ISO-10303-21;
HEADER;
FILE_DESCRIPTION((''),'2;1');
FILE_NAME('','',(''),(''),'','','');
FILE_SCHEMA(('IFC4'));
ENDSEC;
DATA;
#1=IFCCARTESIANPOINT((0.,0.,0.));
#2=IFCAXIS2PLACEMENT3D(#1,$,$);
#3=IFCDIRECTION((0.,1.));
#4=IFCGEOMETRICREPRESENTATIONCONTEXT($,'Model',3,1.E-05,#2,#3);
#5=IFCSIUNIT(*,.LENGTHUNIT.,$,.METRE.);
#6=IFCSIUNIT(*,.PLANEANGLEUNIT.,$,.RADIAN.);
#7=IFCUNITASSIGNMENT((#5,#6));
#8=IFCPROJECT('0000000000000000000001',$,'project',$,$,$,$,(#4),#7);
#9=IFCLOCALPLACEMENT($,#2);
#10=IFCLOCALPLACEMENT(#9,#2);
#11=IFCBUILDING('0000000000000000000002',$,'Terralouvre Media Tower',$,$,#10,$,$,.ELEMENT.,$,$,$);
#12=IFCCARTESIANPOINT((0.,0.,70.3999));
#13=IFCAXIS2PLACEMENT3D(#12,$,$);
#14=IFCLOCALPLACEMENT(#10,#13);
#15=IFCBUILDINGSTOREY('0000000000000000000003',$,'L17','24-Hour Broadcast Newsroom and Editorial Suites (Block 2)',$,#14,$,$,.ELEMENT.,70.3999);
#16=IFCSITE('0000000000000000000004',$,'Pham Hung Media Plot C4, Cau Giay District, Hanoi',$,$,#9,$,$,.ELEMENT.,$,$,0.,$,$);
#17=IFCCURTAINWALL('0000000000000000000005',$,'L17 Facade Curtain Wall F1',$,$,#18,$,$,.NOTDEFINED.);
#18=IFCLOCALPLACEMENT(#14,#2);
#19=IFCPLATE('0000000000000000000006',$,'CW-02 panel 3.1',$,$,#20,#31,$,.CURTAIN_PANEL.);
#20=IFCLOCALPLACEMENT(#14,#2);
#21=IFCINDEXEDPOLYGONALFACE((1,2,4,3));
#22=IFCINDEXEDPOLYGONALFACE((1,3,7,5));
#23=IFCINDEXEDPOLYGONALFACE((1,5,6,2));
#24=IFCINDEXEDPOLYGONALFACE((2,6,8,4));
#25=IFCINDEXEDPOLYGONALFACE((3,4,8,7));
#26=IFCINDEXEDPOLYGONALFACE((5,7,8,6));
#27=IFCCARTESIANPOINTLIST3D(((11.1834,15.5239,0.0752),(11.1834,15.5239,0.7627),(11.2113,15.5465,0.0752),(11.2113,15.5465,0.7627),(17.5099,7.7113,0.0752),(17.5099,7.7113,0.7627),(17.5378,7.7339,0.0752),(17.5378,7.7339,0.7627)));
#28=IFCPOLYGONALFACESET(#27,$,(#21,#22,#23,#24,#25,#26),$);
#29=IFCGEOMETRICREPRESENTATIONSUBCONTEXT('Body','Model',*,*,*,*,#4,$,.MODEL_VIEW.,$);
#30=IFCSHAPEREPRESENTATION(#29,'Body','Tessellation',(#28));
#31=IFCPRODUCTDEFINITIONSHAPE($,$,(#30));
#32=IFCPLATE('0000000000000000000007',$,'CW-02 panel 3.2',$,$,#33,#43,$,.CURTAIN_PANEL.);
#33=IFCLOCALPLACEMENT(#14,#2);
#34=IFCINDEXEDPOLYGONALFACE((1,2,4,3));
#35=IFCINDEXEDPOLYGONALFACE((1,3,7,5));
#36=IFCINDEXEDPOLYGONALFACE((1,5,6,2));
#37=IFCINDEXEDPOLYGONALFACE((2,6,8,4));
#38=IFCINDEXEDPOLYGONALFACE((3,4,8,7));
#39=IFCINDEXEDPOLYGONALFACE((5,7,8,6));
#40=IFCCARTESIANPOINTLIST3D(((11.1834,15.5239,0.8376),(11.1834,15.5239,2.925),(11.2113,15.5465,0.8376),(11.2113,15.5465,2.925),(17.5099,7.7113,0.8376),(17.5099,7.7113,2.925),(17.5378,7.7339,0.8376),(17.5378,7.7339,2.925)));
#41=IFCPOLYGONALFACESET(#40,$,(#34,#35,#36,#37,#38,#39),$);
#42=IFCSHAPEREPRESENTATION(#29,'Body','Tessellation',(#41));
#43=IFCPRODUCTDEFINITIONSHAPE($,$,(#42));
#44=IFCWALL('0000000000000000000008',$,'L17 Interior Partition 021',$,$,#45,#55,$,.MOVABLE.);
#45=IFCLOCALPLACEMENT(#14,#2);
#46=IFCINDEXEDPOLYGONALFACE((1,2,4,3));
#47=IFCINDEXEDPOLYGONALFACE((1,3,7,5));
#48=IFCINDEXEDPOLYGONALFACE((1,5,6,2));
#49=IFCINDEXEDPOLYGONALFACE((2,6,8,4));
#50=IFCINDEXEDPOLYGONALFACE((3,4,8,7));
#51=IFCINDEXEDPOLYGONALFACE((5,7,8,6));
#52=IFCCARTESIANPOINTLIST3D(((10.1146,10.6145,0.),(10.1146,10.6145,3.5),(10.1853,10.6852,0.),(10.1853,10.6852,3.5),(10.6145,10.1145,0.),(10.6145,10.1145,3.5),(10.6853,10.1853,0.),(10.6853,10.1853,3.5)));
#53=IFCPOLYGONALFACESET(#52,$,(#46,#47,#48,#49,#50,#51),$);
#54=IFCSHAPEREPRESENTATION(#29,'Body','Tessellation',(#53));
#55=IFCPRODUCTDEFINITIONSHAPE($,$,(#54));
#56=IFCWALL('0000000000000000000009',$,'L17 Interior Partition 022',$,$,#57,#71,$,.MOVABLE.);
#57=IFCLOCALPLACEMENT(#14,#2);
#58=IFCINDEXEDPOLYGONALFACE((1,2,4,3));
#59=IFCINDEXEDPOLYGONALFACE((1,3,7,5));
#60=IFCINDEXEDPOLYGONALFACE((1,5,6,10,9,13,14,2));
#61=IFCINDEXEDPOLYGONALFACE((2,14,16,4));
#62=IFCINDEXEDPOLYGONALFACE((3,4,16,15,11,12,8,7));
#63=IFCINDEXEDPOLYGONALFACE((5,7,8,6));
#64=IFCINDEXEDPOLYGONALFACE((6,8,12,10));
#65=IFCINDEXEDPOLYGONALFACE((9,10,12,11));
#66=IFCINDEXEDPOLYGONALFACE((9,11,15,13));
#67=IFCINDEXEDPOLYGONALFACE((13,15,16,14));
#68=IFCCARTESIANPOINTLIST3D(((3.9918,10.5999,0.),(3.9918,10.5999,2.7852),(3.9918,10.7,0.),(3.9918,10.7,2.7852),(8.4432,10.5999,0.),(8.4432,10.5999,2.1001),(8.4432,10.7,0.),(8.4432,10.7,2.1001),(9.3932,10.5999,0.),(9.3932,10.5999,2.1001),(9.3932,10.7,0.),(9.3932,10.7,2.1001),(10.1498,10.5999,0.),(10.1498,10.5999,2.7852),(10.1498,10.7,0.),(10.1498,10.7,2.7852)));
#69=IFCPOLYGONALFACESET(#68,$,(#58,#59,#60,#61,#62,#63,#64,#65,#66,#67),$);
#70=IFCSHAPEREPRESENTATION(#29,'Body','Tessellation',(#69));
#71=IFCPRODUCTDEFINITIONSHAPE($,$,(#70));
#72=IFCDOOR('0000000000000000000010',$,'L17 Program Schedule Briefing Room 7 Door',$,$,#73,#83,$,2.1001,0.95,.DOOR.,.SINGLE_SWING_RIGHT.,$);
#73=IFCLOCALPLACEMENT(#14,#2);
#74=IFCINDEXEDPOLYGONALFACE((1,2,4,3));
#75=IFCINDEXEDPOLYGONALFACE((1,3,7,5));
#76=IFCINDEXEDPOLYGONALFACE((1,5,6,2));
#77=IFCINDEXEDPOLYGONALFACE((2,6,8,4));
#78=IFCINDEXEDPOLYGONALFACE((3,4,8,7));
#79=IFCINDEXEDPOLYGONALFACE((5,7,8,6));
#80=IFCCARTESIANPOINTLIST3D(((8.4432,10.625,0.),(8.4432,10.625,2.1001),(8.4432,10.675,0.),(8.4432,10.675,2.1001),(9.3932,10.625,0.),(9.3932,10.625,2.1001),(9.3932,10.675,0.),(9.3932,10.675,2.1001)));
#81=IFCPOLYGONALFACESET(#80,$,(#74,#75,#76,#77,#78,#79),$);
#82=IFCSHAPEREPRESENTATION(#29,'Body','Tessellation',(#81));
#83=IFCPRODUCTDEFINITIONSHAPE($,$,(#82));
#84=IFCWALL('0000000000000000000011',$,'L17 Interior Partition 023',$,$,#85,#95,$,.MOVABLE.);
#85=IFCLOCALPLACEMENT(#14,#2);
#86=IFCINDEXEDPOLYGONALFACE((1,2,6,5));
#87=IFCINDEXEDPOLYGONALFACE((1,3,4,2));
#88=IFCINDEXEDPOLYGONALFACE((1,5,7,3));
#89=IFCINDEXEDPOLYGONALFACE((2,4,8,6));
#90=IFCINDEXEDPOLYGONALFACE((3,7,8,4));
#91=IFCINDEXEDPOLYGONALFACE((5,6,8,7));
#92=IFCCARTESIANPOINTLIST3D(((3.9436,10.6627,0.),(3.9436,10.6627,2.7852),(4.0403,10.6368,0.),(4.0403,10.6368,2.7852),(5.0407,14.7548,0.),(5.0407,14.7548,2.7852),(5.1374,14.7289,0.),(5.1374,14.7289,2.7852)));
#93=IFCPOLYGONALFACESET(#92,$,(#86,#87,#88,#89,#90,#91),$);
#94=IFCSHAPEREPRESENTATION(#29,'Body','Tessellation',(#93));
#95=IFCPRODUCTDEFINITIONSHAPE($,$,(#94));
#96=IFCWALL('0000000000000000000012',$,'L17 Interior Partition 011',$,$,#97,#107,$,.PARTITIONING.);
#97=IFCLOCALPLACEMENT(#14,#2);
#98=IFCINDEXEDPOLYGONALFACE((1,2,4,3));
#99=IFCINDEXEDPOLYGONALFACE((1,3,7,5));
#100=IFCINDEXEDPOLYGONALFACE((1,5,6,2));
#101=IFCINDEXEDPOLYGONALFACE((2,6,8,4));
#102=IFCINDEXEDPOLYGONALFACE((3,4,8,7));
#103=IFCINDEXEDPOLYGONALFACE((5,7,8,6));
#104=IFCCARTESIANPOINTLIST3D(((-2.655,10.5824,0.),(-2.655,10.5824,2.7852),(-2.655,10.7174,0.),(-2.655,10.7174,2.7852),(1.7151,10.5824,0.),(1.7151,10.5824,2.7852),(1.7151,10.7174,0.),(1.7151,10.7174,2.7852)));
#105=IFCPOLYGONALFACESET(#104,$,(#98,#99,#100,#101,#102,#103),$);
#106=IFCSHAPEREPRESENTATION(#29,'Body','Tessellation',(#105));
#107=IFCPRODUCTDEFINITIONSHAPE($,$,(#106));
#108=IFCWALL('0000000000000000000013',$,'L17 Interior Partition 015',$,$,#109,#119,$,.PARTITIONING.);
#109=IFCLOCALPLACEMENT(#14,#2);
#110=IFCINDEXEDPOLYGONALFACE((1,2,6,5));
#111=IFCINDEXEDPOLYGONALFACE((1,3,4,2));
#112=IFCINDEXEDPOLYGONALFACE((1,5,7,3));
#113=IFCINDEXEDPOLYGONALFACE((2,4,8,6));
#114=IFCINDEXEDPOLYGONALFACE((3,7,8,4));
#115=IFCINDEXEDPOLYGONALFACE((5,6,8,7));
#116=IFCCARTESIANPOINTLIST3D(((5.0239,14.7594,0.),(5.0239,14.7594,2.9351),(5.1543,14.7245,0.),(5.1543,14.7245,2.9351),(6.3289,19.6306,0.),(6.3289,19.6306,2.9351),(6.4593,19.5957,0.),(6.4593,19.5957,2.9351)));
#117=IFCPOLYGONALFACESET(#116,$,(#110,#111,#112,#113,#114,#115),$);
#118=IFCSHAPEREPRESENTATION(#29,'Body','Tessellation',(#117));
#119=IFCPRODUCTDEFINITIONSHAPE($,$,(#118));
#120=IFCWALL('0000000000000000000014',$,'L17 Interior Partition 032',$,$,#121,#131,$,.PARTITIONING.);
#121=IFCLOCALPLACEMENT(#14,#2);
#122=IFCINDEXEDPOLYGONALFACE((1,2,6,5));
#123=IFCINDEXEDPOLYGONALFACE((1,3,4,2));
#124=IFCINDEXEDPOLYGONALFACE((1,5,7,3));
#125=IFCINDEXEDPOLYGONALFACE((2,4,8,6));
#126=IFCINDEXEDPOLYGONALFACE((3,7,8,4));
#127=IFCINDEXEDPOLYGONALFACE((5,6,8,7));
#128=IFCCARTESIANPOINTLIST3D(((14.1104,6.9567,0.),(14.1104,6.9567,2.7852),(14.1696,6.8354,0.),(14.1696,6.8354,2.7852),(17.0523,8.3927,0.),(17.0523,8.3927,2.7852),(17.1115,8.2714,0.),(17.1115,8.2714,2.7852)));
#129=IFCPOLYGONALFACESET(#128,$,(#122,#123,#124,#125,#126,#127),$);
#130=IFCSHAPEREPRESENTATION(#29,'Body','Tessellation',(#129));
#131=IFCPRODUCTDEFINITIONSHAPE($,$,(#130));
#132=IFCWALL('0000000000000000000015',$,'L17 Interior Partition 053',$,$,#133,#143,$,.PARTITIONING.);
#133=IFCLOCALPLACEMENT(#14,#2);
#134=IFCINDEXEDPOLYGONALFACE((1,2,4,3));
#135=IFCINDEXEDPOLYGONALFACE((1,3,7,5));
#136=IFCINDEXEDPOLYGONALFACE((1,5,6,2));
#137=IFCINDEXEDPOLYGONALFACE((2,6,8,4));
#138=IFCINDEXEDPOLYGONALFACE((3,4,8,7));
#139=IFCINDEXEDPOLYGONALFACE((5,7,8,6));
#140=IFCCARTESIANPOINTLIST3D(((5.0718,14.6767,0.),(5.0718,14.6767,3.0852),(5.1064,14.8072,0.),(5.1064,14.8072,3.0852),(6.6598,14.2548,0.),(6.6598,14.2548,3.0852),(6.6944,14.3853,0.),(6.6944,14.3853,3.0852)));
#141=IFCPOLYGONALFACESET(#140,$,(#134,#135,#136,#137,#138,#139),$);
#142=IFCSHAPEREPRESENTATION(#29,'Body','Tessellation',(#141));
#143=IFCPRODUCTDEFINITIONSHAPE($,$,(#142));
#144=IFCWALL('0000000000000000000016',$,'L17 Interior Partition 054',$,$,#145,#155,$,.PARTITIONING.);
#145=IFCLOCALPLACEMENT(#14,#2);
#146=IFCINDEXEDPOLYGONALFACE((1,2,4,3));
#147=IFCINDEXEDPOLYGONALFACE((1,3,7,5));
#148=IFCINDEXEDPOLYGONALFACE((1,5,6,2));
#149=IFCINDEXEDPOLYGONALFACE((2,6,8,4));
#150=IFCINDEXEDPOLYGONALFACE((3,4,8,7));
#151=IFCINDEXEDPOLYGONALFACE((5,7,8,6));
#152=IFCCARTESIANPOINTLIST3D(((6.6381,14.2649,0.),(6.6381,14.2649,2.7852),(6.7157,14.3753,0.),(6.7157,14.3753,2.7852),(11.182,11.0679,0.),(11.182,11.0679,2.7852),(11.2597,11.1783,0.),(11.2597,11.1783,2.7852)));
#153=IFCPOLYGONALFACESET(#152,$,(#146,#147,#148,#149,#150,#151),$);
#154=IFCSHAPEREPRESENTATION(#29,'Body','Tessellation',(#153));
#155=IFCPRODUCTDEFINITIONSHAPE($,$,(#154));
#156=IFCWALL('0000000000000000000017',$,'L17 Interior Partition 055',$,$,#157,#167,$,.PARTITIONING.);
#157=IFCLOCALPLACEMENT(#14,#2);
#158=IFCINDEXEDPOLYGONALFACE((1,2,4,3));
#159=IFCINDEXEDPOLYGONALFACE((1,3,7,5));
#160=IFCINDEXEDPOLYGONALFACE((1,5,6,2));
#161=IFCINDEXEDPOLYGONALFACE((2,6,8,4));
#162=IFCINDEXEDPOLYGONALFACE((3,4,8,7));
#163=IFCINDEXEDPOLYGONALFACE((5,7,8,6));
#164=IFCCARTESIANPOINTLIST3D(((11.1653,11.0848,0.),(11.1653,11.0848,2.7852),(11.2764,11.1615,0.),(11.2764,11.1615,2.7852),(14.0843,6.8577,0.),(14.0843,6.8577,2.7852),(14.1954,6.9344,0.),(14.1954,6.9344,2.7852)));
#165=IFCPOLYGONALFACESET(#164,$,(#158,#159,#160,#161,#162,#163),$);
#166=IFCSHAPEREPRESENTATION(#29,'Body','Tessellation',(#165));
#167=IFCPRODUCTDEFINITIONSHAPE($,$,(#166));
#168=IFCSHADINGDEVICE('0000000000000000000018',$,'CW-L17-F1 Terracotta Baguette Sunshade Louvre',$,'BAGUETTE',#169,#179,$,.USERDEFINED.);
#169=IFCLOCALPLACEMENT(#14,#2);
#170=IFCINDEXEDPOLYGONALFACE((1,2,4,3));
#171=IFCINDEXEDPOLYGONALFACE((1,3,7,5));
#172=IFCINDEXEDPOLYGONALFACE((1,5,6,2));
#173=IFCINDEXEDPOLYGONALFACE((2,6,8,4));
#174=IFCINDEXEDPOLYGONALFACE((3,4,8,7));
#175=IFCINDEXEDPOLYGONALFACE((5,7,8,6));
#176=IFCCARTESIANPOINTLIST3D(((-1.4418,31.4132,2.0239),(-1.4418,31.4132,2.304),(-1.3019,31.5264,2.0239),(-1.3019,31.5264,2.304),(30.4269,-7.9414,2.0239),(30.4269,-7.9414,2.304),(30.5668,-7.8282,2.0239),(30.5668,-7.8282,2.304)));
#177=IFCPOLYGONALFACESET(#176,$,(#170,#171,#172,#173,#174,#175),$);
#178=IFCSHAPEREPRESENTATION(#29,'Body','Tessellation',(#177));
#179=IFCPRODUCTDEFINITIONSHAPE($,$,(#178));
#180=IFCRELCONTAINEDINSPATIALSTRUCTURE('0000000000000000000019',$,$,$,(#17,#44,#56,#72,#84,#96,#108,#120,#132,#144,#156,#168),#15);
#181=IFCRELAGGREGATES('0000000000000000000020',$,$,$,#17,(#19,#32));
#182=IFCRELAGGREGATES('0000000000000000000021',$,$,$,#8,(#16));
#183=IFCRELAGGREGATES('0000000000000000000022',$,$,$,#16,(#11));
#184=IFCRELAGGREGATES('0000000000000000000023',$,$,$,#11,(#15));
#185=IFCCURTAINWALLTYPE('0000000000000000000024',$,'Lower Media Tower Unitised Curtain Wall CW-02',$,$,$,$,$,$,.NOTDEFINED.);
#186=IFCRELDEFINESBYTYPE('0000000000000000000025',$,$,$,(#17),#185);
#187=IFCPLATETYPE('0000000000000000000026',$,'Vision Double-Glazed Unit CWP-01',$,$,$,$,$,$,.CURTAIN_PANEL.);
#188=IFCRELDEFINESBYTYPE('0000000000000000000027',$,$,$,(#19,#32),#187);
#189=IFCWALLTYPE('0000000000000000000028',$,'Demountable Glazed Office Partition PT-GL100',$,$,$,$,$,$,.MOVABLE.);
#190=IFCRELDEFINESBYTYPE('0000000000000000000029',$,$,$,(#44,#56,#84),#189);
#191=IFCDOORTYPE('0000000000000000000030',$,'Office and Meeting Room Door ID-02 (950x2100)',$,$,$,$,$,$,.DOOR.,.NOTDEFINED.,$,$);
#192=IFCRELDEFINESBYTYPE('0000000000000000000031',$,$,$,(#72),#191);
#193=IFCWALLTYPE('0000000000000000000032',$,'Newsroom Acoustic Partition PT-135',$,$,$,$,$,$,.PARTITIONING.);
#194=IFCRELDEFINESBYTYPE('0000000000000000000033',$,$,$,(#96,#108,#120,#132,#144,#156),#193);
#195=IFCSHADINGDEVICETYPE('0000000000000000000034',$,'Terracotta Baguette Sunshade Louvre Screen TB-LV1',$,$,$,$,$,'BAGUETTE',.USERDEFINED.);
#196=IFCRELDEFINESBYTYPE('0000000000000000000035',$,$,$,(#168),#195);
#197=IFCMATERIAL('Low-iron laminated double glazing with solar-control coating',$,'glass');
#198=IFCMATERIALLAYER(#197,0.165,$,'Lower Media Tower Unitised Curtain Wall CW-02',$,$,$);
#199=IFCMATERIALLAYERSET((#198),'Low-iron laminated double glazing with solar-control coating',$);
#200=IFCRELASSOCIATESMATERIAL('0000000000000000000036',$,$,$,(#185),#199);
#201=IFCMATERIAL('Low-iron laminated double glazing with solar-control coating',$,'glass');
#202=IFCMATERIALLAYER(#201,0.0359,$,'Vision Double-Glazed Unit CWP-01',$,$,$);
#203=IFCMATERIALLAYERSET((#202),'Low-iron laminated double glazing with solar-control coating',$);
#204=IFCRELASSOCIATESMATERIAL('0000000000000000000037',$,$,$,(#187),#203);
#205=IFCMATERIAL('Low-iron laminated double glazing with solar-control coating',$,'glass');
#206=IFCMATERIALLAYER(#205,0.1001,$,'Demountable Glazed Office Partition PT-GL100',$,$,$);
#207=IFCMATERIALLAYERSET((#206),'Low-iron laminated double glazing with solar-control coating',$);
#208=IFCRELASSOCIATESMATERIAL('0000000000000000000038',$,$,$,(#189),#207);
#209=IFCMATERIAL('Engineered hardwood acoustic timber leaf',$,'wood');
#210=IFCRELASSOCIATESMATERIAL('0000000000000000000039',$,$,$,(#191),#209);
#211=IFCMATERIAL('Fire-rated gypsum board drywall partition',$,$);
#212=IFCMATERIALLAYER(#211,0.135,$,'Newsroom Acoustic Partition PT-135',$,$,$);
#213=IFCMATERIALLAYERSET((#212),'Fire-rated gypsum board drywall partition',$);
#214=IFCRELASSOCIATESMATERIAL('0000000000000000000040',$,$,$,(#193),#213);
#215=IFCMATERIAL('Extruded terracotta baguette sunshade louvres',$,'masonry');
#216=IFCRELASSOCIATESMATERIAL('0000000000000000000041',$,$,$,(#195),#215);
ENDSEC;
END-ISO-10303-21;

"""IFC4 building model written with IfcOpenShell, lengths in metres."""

from ifc_helpers import new_model, si_unit, direction, frame, frame_2d, origin, origin_2d, place, context, subcontext, project, spatial, rectangle, extrude, material, layer, layer_set, type_object, element, fill, aggregate, save


model = new_model("IFC4")

# Units and contexts
model_context = context("Model", 3, precision=1e-05, world=origin(), true_north=direction((0.0, 1.0)))
body_context = subcontext(model_context, "Body", "Model", "MODEL_VIEW")
ifc_project = project(units=[si_unit("LENGTHUNIT", "METRE"), si_unit("PLANEANGLEUNIT", "RADIAN")], contexts=[model_context])

# Site, building, storey
site_placement = place(None, origin())
site = spatial("IfcSite", under=ifc_project, at=site_placement, Name="Pham Hung Media Plot C4, Cau Giay District, Hanoi", CompositionType="ELEMENT", RefElevation=0.0)
building_placement = place(site_placement, origin())
building = spatial("IfcBuilding", under=site, at=building_placement, Name="Terralouvre Media Tower", CompositionType="ELEMENT")
storey_placement = place(building_placement, frame((0.0, 0.0, 70.3999)))
storey = spatial("IfcBuildingStorey", under=building, at=storey_placement, Name="L17", Description="24-Hour Broadcast Newsroom and Editorial Suites (Block 2)", CompositionType="ELEMENT", Elevation=70.3999)

# Curtain wall, plates
ifc_material_1 = material(Name="Low-iron laminated double glazing with solar-control coating", Category="glass")
ifc_layer_1 = layer(ifc_material_1, 0.165, Name="Lower Media Tower Unitised Curtain Wall CW-02")
ifc_layer_set_1 = layer_set([ifc_layer_1], Name="Low-iron laminated double glazing with solar-control coating")
curtain_wall_type = type_object("IfcCurtainWallType", Name="Lower Media Tower Unitised Curtain Wall CW-02", PredefinedType="NOTDEFINED", material=ifc_layer_set_1)
curtain_wall_placement = place(storey_placement, origin())
curtain_wall = element("IfcCurtainWall", 1, at=curtain_wall_placement, inside=storey, type_object=curtain_wall_type, Name="L17 Facade Curtain Wall F1", PredefinedType="NOTDEFINED")
ifc_material_2 = material(Name="Low-iron laminated double glazing with solar-control coating", Category="glass")
ifc_layer_2 = layer(ifc_material_2, 0.0359, Name="Vision Double-Glazed Unit CWP-01")
ifc_layer_set_2 = layer_set([ifc_layer_2], Name="Low-iron laminated double glazing with solar-control coating")
plate_type = type_object("IfcPlateType", Name="Vision Double-Glazed Unit CWP-01", PredefinedType="CURTAIN_PANEL", material=ifc_layer_set_2)
plate_1_placement = place(storey_placement, frame((14.3606, 11.6289, 0.0752), z_axis=(0.0, 0.0, 1.0), x_axis=(-0.62932, 0.777146, 0.0)))
plate_1 = element("IfcPlate", 2, at=plate_1_placement, type_object=plate_type, Name="CW-02 panel 3.1", PredefinedType="CURTAIN_PANEL", context=body_context, shape_type="SweptSolid", body=[
    extrude(rectangle(XDim=10.053, YDim=0.0359, at=origin_2d()), origin(), (0.0, 0.0, 1.0), 0.6875),
])
plate_2_placement = place(storey_placement, frame((14.3606, 11.6289, 0.8376), z_axis=(0.0, 0.0, 1.0), x_axis=(-0.62932, 0.777146, 0.0)))
plate_2 = element("IfcPlate", 3, at=plate_2_placement, type_object=plate_type, Name="CW-02 panel 3.2", PredefinedType="CURTAIN_PANEL", context=body_context, shape_type="SweptSolid", body=[
    extrude(rectangle(XDim=10.053, YDim=0.0359, at=origin_2d()), origin(), (0.0, 0.0, 1.0), 2.0874),
])
aggregate(curtain_wall, [plate_1, plate_2])

# Wall
ifc_material_3 = material(Name="Low-iron laminated double glazing with solar-control coating", Category="glass")
ifc_layer_3 = layer(ifc_material_3, 0.1001, Name="Demountable Glazed Office Partition PT-GL100")
ifc_layer_set_3 = layer_set([ifc_layer_3], Name="Low-iron laminated double glazing with solar-control coating")
wall_type_1 = type_object("IfcWallType", Name="Demountable Glazed Office Partition PT-GL100", PredefinedType="MOVABLE", material=ifc_layer_set_3)
wall_1_placement = place(storey_placement, frame((10.6499, 10.1499, 0.0), z_axis=(0.0, 0.0, 1.0), x_axis=(-0.707107, 0.707107, 0.0)))
element("IfcWall", 4, at=wall_1_placement, inside=storey, type_object=wall_type_1, Name="L17 Interior Partition 021", PredefinedType="MOVABLE", context=body_context, shape_type="SweptSolid", body=[
    extrude(rectangle(XDim=0.707, YDim=0.1001, at=frame_2d((0.3535, 0.0))), origin(), (0.0, 0.0, 1.0), 3.5),
])

# Wall, opening, door
wall_2_placement = place(storey_placement, frame((10.1499, 10.6499, 0.0), z_axis=(0.0, 0.0, 1.0), x_axis=(-1.0, 0.0, 0.0)))
wall_2 = element("IfcWall", 5, at=wall_2_placement, inside=storey, type_object=wall_type_1, Name="L17 Interior Partition 022", PredefinedType="MOVABLE", context=body_context, shape_type="SweptSolid", body=[
    extrude(rectangle(XDim=6.158, YDim=0.1001, at=frame_2d((3.0791, 0.0))), origin(), (0.0, 0.0, 1.0), 2.7852),
])
opening_placement = place(wall_2_placement, frame((0.7566, 0.0, 0.0)))
opening = element("IfcOpeningElement", 6, at=opening_placement, cuts=wall_2, PredefinedType="OPENING", context=body_context, shape_type="SweptSolid", body=[
    extrude(rectangle(XDim=0.95, YDim=2.1001, at=frame_2d((0.4751, 1.05))), frame((0.0, 0.0601, 0.0), z_axis=(0.0, -1.0, 0.0), x_axis=(1.0, 0.0, 0.0)), (0.0, 0.0, 1.0), 0.1201),
])
ifc_material_4 = material(Name="Engineered hardwood acoustic timber leaf", Category="wood")
door_type = type_object("IfcDoorType", Name="Office and Meeting Room Door ID-02 (950x2100)", OperationType="NOTDEFINED", PredefinedType="DOOR", material=ifc_material_4)
door_placement = place(opening_placement, origin())
door = element("IfcDoor", 7, at=door_placement, inside=storey, type_object=door_type, Name="L17 Program Schedule Briefing Room 7 Door", OperationType="SINGLE_SWING_RIGHT", OverallHeight=2.1001, OverallWidth=0.95, PredefinedType="DOOR", context=body_context, shape_type="SweptSolid", body=[
    extrude(rectangle(XDim=0.95, YDim=2.1001, at=frame_2d((0.4751, 1.05))), frame((0.0, 0.0249, 0.0), z_axis=(0.0, -1.0, 0.0), x_axis=(1.0, 0.0, 0.0)), (0.0, 0.0, 1.0), 0.05),
])
fill(opening, door)

# Walls
wall_3_placement = place(storey_placement, frame((3.9919, 10.6499, 0.0), z_axis=(0.0, 0.0, 1.0), x_axis=(0.258975, 0.965884, 0.0)))
element("IfcWall", 8, at=wall_3_placement, inside=storey, type_object=wall_type_1, Name="L17 Interior Partition 023", PredefinedType="MOVABLE", context=body_context, shape_type="SweptSolid", body=[
    extrude(rectangle(XDim=4.2366, YDim=0.1001, at=frame_2d((2.1182, 0.0))), origin(), (0.0, 0.0, 1.0), 2.7852),
])
ifc_material_5 = material(Name="Fire-rated gypsum board drywall partition")
ifc_layer_4 = layer(ifc_material_5, 0.135, Name="Newsroom Acoustic Partition PT-135")
ifc_layer_set_4 = layer_set([ifc_layer_4], Name="Fire-rated gypsum board drywall partition")
wall_type_2 = type_object("IfcWallType", Name="Newsroom Acoustic Partition PT-135", PredefinedType="PARTITIONING", material=ifc_layer_set_4)
wall_4_placement = place(storey_placement, frame((1.7151, 10.6499, 0.0), z_axis=(0.0, 0.0, 1.0), x_axis=(-1.0, 0.0, 0.0)))
element("IfcWall", 9, at=wall_4_placement, inside=storey, type_object=wall_type_2, Name="L17 Interior Partition 011", PredefinedType="PARTITIONING", context=body_context, shape_type="SweptSolid", body=[
    extrude(rectangle(XDim=4.3701, YDim=0.135, at=frame_2d((2.1851, 0.0))), origin(), (0.0, 0.0, 1.0), 2.7852),
])
wall_5_placement = place(storey_placement, frame((5.0891, 14.7419, 0.0), z_axis=(0.0, 0.0, 1.0), x_axis=(0.258768, 0.965939, 0.0)))
element("IfcWall", 10, at=wall_5_placement, inside=storey, type_object=wall_type_2, Name="L17 Interior Partition 015", PredefinedType="PARTITIONING", context=body_context, shape_type="SweptSolid", body=[
    extrude(rectangle(XDim=5.043, YDim=0.135, at=frame_2d((2.5215, 0.0))), origin(), (0.0, 0.0, 1.0), 2.9351),
])
wall_6_placement = place(storey_placement, frame((17.0818, 8.332, 0.0), z_axis=(0.0, 0.0, 1.0), x_axis=(-0.898652, -0.438662, 0.0)))
element("IfcWall", 11, at=wall_6_placement, inside=storey, type_object=wall_type_2, Name="L17 Interior Partition 032", PredefinedType="PARTITIONING", context=body_context, shape_type="SweptSolid", body=[
    extrude(rectangle(XDim=3.2737, YDim=0.135, at=frame_2d((1.6367, 0.0))), origin(), (0.0, 0.0, 1.0), 2.7852),
])
wall_7_placement = place(storey_placement, frame((5.0891, 14.7419, 0.0), z_axis=(0.0, 0.0, 1.0), x_axis=(0.966471, -0.256775, 0.0)))
element("IfcWall", 12, at=wall_7_placement, inside=storey, type_object=wall_type_2, Name="L17 Interior Partition 053", PredefinedType="PARTITIONING", context=body_context, shape_type="SweptSolid", body=[
    extrude(rectangle(XDim=1.6431, YDim=0.135, at=frame_2d((0.8215, 0.0))), origin(), (0.0, 0.0, 1.0), 3.0852),
])
wall_8_placement = place(storey_placement, frame((6.677, 14.3201, 0.0), z_axis=(0.0, 0.0, 1.0), x_axis=(0.817855, -0.575425, 0.0)))
element("IfcWall", 13, at=wall_8_placement, inside=storey, type_object=wall_type_2, Name="L17 Interior Partition 054", PredefinedType="PARTITIONING", context=body_context, shape_type="SweptSolid", body=[
    extrude(rectangle(XDim=5.5559, YDim=0.135, at=frame_2d((2.7778, 0.0))), origin(), (0.0, 0.0, 1.0), 2.7852),
])
wall_9_placement = place(storey_placement, frame((11.2209, 11.123, 0.0), z_axis=(0.0, 0.0, 1.0), x_axis=(0.568226, -0.822873, 0.0)))
element("IfcWall", 14, at=wall_9_placement, inside=storey, type_object=wall_type_2, Name="L17 Interior Partition 055", PredefinedType="PARTITIONING", context=body_context, shape_type="SweptSolid", body=[
    extrude(rectangle(XDim=5.137, YDim=0.135, at=frame_2d((2.5684, 0.0))), origin(), (0.0, 0.0, 1.0), 2.7852),
])

# Shading device
ifc_material_6 = material(Name="Extruded terracotta baguette sunshade louvres", Category="masonry")
shading_device_type = type_object("IfcShadingDeviceType", Name="Terracotta Baguette Sunshade Louvre Screen TB-LV1", ElementType="BAGUETTE", PredefinedType="USERDEFINED", material=ifc_material_6)
shading_device_placement = place(storey_placement, frame((14.5625, 11.7925, 2.0239), z_axis=(0.0, 0.0, 1.0), x_axis=(-0.62932, 0.777146, 0.0)))
element("IfcShadingDevice", 15, at=shading_device_placement, inside=storey, type_object=shading_device_type, Name="CW-L17-F1 Terracotta Baguette Sunshade Louvre", ObjectType="BAGUETTE", PredefinedType="USERDEFINED", context=body_context, shape_type="SweptSolid", body=[
    extrude(rectangle(XDim=50.6399, YDim=0.1799, at=origin_2d()), origin(), (0.0, 0.0, 1.0), 0.28),
])

save(model, "model.ifc")
